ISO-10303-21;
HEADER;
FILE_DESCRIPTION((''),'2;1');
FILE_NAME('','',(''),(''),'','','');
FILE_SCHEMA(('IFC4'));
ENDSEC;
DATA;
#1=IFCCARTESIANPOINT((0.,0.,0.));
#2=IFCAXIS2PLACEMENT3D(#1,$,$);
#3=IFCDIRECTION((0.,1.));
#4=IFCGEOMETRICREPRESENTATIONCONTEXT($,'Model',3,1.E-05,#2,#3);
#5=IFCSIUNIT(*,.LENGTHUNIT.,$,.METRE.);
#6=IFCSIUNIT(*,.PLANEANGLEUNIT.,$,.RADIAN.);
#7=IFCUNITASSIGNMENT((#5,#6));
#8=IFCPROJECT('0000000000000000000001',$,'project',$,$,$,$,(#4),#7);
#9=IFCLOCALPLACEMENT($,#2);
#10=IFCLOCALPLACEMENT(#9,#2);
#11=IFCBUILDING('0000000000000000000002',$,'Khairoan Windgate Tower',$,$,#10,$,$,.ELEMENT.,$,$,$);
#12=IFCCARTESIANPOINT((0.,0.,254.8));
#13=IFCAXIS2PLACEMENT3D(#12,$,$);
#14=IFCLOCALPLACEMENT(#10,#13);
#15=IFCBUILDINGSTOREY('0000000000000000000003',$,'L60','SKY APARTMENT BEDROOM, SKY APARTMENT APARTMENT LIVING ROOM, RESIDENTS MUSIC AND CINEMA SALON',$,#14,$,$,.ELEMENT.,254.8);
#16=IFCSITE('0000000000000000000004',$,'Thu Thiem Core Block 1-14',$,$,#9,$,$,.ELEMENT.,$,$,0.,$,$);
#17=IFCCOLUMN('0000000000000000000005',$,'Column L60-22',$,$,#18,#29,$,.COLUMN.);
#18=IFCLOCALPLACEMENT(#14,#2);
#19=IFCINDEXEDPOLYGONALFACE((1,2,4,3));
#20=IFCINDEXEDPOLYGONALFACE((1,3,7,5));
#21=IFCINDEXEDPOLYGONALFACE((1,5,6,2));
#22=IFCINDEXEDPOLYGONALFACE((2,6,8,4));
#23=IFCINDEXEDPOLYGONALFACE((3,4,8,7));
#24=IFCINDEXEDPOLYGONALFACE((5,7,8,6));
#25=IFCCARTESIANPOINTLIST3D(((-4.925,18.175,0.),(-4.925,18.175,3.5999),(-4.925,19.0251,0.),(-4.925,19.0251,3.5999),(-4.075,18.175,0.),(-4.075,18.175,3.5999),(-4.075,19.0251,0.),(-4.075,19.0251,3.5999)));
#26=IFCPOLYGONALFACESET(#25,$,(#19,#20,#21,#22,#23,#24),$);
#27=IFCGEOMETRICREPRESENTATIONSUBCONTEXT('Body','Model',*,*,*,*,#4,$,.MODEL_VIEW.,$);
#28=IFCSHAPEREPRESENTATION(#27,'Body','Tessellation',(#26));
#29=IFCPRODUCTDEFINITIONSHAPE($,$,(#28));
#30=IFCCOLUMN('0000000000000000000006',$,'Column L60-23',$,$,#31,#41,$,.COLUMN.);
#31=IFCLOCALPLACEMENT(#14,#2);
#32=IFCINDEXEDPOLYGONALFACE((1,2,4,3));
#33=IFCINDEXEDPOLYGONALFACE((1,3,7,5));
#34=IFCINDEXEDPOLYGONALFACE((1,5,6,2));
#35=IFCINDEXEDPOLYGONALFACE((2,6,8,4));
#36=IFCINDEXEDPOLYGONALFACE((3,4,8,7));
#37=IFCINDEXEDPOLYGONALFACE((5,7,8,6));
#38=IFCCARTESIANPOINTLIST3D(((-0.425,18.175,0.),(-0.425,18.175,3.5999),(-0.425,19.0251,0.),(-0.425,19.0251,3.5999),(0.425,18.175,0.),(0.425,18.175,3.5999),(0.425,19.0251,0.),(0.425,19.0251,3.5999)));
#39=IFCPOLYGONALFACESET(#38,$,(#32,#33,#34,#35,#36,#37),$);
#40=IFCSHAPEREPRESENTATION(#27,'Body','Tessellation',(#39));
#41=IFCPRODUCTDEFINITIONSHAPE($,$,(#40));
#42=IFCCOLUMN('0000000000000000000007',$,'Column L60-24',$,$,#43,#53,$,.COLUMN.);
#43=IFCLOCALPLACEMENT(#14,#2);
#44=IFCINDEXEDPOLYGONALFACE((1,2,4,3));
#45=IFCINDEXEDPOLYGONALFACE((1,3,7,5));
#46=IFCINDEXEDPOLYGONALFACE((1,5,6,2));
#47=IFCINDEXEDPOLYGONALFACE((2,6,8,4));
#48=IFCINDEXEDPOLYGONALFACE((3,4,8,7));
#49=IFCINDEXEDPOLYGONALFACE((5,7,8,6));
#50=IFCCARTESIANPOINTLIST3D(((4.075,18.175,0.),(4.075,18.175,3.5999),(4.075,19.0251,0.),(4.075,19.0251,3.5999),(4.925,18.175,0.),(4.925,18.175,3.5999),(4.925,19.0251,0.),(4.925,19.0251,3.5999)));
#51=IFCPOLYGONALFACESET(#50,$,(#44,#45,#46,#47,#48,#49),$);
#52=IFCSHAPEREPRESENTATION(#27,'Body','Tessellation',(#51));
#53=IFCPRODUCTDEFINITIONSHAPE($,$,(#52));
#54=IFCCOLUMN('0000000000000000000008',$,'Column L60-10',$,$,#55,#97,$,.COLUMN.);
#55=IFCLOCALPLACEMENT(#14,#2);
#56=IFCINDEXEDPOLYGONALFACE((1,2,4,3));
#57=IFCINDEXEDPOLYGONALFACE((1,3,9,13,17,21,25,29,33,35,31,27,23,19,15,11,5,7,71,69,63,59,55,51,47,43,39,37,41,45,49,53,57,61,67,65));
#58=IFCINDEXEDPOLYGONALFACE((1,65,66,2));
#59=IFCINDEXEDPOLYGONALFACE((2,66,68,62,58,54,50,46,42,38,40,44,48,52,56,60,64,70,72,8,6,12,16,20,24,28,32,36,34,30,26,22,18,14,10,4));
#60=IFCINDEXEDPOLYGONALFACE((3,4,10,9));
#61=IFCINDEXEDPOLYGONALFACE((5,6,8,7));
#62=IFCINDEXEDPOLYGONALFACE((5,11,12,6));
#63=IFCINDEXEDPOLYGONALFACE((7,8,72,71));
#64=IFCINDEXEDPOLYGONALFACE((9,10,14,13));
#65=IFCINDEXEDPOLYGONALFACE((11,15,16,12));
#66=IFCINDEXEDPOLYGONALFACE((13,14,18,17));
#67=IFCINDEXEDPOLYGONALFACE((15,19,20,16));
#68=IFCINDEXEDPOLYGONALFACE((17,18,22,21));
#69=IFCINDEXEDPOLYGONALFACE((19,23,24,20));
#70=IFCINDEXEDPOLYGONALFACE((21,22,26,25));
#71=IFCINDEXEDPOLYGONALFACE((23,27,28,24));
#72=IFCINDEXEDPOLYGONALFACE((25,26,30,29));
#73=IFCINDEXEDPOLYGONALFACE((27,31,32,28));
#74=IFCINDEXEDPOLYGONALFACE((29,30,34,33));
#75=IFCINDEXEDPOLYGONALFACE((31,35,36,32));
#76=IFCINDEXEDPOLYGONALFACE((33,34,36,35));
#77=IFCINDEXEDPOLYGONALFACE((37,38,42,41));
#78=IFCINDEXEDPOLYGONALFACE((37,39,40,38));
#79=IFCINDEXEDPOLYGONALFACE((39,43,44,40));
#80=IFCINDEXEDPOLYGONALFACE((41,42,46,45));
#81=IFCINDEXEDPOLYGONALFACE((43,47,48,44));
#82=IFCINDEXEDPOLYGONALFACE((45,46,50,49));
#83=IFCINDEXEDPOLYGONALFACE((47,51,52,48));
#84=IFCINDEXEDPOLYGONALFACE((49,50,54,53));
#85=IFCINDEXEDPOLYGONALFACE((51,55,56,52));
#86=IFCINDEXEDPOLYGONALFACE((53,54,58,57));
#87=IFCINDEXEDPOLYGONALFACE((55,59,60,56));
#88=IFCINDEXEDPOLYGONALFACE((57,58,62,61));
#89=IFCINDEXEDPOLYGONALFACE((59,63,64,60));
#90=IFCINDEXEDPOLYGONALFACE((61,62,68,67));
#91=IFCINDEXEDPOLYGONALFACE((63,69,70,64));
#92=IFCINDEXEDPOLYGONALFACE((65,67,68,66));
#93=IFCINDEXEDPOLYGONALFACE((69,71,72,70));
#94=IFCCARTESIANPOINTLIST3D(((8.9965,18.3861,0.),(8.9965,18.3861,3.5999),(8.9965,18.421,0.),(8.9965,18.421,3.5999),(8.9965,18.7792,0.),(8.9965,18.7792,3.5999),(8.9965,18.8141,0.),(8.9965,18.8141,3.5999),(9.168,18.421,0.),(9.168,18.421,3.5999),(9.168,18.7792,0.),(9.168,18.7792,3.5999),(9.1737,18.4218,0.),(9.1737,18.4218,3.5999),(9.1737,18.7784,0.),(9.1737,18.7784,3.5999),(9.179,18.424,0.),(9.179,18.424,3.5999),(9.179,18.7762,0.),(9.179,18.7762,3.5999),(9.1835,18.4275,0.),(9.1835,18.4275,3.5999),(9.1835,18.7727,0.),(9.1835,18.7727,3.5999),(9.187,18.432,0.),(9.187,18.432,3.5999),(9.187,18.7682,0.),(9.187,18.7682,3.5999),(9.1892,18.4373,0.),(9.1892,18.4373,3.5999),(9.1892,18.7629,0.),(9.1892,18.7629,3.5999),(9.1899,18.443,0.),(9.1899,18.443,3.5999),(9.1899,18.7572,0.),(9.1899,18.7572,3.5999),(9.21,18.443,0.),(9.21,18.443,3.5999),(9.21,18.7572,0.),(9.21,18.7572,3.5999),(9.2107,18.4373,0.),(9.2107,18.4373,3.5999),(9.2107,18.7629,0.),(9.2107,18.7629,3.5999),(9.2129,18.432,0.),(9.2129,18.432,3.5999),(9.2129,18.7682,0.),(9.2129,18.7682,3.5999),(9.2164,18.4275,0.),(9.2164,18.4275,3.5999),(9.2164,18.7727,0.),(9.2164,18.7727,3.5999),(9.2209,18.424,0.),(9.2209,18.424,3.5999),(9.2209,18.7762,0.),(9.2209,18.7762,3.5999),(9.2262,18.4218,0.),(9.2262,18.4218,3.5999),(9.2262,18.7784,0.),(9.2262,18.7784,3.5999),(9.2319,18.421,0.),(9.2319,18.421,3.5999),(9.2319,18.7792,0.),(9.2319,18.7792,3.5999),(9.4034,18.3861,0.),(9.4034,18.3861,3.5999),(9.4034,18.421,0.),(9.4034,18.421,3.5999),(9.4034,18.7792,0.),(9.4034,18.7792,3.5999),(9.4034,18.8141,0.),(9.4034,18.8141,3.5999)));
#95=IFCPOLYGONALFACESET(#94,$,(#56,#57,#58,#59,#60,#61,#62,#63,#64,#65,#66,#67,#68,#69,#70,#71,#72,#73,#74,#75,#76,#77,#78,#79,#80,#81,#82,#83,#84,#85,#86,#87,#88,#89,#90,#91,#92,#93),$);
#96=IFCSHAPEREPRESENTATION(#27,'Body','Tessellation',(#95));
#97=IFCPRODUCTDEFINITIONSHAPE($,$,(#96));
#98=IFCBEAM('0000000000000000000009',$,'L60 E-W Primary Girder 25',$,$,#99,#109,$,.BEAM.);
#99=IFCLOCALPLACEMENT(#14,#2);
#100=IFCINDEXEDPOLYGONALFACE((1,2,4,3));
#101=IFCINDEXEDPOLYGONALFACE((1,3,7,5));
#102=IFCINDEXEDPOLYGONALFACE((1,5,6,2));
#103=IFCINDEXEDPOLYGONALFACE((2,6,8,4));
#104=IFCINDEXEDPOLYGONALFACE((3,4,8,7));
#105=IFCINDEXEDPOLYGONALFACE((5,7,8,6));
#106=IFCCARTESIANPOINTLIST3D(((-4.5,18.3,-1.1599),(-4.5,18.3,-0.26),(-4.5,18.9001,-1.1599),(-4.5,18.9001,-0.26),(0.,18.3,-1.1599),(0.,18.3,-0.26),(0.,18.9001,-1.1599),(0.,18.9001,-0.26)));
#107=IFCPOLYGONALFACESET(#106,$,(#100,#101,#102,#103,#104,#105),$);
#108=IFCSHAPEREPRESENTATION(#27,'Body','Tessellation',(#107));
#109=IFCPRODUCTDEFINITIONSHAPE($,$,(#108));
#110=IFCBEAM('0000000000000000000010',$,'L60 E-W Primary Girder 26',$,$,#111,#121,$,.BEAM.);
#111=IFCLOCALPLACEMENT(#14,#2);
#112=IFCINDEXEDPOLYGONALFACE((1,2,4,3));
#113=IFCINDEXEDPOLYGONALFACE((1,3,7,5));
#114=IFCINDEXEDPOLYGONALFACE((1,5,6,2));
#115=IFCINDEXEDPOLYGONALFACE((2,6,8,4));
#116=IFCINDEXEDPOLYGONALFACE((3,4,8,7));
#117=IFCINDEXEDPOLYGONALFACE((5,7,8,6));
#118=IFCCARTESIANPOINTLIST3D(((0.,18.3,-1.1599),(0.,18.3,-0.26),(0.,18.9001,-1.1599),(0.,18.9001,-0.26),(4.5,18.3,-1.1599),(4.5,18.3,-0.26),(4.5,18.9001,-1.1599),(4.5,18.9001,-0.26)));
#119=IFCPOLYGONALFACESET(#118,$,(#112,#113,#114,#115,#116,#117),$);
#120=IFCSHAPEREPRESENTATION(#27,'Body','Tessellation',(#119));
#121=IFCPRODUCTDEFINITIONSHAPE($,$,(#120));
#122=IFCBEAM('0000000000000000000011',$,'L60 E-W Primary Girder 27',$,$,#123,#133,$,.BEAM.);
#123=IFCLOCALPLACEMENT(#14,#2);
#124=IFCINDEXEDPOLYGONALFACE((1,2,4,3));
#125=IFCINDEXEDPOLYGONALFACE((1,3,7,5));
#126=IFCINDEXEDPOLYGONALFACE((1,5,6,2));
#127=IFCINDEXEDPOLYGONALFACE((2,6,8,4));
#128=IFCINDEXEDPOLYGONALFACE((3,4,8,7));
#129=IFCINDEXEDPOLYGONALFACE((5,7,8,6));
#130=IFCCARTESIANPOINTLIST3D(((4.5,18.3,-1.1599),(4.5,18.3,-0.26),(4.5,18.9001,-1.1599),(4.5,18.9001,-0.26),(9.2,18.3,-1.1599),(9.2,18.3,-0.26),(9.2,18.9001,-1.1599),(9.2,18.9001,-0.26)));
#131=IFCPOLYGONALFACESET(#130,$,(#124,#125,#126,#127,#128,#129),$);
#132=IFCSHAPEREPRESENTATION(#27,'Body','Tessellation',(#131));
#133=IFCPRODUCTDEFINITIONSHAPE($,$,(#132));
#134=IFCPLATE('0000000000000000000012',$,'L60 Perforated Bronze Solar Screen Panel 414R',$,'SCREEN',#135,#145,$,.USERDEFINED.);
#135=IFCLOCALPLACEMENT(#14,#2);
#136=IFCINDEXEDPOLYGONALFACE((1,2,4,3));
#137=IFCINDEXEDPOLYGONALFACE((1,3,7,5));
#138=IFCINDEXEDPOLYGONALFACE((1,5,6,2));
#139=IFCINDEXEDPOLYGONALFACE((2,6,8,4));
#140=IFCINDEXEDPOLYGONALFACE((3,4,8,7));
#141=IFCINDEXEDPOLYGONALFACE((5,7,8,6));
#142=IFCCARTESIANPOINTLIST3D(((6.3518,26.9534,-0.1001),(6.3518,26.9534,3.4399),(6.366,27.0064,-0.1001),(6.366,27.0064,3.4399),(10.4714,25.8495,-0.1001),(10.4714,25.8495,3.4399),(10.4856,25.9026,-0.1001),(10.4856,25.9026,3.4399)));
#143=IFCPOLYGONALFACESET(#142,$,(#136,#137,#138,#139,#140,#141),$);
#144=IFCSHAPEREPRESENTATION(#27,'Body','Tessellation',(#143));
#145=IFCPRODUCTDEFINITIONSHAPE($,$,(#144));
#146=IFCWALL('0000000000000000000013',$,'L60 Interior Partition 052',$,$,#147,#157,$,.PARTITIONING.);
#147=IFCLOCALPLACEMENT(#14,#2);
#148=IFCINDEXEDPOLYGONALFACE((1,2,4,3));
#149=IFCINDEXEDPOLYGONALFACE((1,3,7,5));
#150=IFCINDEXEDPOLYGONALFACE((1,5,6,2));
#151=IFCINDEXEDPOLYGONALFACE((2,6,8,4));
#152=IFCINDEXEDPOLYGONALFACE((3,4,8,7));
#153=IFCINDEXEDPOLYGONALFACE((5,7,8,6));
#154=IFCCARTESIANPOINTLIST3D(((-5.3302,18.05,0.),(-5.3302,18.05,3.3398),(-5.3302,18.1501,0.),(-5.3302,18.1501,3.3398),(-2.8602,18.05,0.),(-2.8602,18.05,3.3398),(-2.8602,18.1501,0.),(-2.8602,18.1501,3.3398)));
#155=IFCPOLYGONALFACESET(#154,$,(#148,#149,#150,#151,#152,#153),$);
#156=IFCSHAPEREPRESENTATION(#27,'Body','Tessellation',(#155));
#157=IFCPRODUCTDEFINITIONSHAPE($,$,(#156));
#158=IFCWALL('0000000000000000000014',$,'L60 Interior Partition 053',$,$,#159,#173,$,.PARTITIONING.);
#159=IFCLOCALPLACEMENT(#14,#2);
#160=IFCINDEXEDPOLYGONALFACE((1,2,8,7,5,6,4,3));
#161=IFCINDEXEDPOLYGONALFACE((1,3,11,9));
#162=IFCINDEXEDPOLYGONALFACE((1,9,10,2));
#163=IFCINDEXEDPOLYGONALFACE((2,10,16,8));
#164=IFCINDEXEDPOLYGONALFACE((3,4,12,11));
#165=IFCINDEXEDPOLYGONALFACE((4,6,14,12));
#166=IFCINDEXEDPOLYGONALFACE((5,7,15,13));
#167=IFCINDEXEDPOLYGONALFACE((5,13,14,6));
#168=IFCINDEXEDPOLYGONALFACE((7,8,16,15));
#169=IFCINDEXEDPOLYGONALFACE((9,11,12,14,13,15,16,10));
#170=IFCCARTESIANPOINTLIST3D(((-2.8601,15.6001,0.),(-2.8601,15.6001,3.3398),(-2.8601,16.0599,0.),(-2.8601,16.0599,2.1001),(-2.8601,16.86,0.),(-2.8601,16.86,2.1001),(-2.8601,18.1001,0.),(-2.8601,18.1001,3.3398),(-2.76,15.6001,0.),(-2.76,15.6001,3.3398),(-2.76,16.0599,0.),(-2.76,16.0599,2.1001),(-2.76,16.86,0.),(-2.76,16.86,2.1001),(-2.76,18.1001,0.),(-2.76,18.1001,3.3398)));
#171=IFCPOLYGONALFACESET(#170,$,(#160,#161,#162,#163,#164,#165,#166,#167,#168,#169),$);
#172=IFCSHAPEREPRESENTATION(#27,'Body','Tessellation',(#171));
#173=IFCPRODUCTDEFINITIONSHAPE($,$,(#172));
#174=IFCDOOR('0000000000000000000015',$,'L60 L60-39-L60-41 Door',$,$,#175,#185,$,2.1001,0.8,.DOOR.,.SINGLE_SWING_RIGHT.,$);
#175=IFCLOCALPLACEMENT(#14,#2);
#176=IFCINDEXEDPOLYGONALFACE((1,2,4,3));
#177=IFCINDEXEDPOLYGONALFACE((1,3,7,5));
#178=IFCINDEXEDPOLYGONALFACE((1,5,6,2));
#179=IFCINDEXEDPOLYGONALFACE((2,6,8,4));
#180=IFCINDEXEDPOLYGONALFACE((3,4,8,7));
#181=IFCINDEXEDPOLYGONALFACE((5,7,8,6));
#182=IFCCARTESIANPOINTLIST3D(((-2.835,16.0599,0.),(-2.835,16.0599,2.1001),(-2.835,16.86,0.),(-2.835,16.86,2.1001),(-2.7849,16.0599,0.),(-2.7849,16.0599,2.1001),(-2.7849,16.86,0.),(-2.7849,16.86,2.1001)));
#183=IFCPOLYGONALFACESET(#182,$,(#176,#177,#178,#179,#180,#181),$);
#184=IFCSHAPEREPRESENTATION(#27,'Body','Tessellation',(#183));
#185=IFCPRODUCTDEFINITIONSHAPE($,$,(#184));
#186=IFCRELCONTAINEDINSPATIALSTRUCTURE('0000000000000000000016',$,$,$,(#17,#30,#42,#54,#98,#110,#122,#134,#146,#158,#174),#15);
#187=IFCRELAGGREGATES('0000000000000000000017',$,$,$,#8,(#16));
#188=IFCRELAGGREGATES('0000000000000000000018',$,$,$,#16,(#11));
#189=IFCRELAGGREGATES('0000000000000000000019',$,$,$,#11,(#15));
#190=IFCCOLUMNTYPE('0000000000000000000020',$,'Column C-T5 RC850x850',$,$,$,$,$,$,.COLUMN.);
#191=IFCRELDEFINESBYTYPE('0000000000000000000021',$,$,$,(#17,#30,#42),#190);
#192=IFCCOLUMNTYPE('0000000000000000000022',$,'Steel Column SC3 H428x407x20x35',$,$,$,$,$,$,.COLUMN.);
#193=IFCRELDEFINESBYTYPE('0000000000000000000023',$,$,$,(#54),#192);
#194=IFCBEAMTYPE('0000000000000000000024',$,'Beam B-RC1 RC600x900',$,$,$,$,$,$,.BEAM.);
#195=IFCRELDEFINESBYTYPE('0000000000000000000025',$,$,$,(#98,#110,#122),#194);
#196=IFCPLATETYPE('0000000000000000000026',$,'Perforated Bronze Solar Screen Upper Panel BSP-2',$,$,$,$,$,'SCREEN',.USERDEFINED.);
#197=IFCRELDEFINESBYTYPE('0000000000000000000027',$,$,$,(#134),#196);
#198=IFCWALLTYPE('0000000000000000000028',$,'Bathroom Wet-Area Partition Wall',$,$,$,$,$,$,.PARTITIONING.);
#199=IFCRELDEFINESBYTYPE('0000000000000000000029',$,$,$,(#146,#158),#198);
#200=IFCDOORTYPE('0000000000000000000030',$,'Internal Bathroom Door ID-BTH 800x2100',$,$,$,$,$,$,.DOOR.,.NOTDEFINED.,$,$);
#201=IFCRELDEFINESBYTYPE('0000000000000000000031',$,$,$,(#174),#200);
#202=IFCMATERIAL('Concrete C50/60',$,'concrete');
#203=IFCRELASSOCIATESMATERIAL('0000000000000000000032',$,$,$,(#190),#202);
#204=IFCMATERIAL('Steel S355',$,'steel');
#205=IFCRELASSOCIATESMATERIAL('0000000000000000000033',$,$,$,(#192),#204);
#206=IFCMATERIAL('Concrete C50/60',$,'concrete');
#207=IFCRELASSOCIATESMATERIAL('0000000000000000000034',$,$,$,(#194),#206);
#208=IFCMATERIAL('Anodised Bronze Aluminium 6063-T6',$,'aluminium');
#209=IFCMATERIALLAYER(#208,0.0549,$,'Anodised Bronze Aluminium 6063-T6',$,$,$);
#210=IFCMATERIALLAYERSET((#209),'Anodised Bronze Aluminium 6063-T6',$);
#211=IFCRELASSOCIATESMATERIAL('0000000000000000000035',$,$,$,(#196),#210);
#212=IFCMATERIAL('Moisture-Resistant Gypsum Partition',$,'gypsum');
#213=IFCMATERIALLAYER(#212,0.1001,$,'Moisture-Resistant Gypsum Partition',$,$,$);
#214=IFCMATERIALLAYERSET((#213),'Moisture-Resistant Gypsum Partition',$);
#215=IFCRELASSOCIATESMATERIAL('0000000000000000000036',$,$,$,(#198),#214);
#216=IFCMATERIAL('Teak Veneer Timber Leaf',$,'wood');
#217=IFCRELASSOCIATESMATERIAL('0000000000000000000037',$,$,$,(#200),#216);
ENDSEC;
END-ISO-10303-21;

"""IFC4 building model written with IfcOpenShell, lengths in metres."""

from ifc_helpers import new_model, si_unit, direction, frame, frame_2d, origin, origin_2d, place, context, subcontext, project, spatial, rectangle, i_section, extrude, material, layer, layer_set, material_profile, profile_set, type_object, element, fill, save


model = new_model("IFC4")

# Units and contexts
model_context = context("Model", 3, precision=1e-05, world=origin(), true_north=direction((0.0, 1.0)))
body_context = subcontext(model_context, "Body", "Model", "MODEL_VIEW")
ifc_project = project(units=[si_unit("LENGTHUNIT", "METRE"), si_unit("PLANEANGLEUNIT", "RADIAN")], contexts=[model_context])

# Site, building, storey
site_placement = place(None, origin())
site = spatial("IfcSite", under=ifc_project, at=site_placement, Name="Thu Thiem Core Block 1-14", CompositionType="ELEMENT", RefElevation=0.0)
building_placement = place(site_placement, origin())
building = spatial("IfcBuilding", under=site, at=building_placement, Name="Khairoan Windgate Tower", CompositionType="ELEMENT")
storey_placement = place(building_placement, frame((0.0, 0.0, 254.8)))
storey = spatial("IfcBuildingStorey", under=building, at=storey_placement, Name="L60", Description="SKY APARTMENT BEDROOM, SKY APARTMENT APARTMENT LIVING ROOM, RESIDENTS MUSIC AND CINEMA SALON", CompositionType="ELEMENT", Elevation=254.8)

# Columns
ifc_material_1 = material(Name="Concrete C50/60", Category="concrete")
ifc_material_profile_1 = material_profile(ifc_material_1, rectangle(XDim=0.8501, YDim=0.8501, at=origin_2d()))
ifc_profile_set_1 = profile_set([ifc_material_profile_1], Name="Concrete C50/60")
column_type_1 = type_object("IfcColumnType", Name="Column C-T5 RC850x850", PredefinedType="COLUMN", material=ifc_profile_set_1)
for number, where, z_axis, x_axis, name in (
    (1, (-4.5, 18.6001, 0.0), (0.0, 0.0, 1.0), (1.0, 0.0, 0.0), "Column L60-22"),
    (2, (0.0, 18.6001, 0.0), (0.0, 0.0, 1.0), (1.0, 0.0, 0.0), "Column L60-23"),
    (3, (4.5, 18.6001, 0.0), (0.0, 0.0, 1.0), (1.0, 0.0, 0.0), "Column L60-24"),
):
    element("IfcColumn", number, at=place(storey_placement, frame(where, z_axis=z_axis, x_axis=x_axis)), inside=storey, type_object=column_type_1, Name=name, PredefinedType="COLUMN", context=body_context, shape_type="SweptSolid", body=[
        extrude(rectangle(XDim=0.8501, YDim=0.8501, at=origin_2d()), origin(), (0.0, 0.0, 1.0), 3.5999),
    ])
ifc_material_2 = material(Name="Steel S355", Category="steel")
ifc_material_profile_2 = material_profile(ifc_material_2, i_section(OverallWidth=0.407, OverallDepth=0.428, WebThickness=0.02, FlangeThickness=0.0349, FilletRadius=0.022, at=origin_2d()))
ifc_profile_set_2 = profile_set([ifc_material_profile_2], Name="Steel S355")
column_type_2 = type_object("IfcColumnType", Name="Steel Column SC3 H428x407x20x35", PredefinedType="COLUMN", material=ifc_profile_set_2)
column_placement = place(storey_placement, frame((9.2, 18.6001, 0.0), z_axis=(0.0, 0.0, 1.0), x_axis=(1.0, 0.0, 0.0)))
element("IfcColumn", 4, at=column_placement, inside=storey, type_object=column_type_2, Name="Column L60-10", PredefinedType="COLUMN", context=body_context, shape_type="SweptSolid", body=[
    extrude(i_section(OverallWidth=0.407, OverallDepth=0.428, WebThickness=0.02, FlangeThickness=0.0349, FilletRadius=0.022, at=origin_2d()), origin(), (0.0, 0.0, 1.0), 3.5999),
])

# Beams
ifc_material_3 = material(Name="Concrete C50/60", Category="concrete")
ifc_material_profile_3 = material_profile(ifc_material_3, rectangle(XDim=0.6001, YDim=0.8999, at=origin_2d()))
ifc_profile_set_3 = profile_set([ifc_material_profile_3], Name="Concrete C50/60")
beam_type = type_object("IfcBeamType", Name="Beam B-RC1 RC600x900", PredefinedType="BEAM", material=ifc_profile_set_3)
for number, where, z_axis, x_axis, name in (
    (5, (-4.5, 18.6001, -0.71), (1.0, 0.0, 0.0), (0.0, 1.0, 0.0), "L60 E-W Primary Girder 25"),
    (6, (0.0, 18.6001, -0.71), (1.0, 0.0, 0.0), (0.0, 1.0, 0.0), "L60 E-W Primary Girder 26"),
):
    element("IfcBeam", number, at=place(storey_placement, frame(where, z_axis=z_axis, x_axis=x_axis)), inside=storey, type_object=beam_type, Name=name, PredefinedType="BEAM", context=body_context, shape_type="SweptSolid", body=[
        extrude(rectangle(XDim=0.6001, YDim=0.8999, at=origin_2d()), origin(), (0.0, 0.0, 1.0), 4.5),
    ])
beam_placement = place(storey_placement, frame((4.5, 18.6001, -0.71), z_axis=(1.0, 0.0, 0.0), x_axis=(0.0, 1.0, 0.0)))
element("IfcBeam", 7, at=beam_placement, inside=storey, type_object=beam_type, Name="L60 E-W Primary Girder 27", PredefinedType="BEAM", context=body_context, shape_type="SweptSolid", body=[
    extrude(rectangle(XDim=0.6001, YDim=0.8999, at=origin_2d()), origin(), (0.0, 0.0, 1.0), 4.7),
])

# Plate
ifc_material_4 = material(Name="Anodised Bronze Aluminium 6063-T6", Category="aluminium")
ifc_layer_1 = layer(ifc_material_4, 0.0549, Name="Anodised Bronze Aluminium 6063-T6")
ifc_layer_set_1 = layer_set([ifc_layer_1], Name="Anodised Bronze Aluminium 6063-T6")
plate_type = type_object("IfcPlateType", Name="Perforated Bronze Solar Screen Upper Panel BSP-2", ElementType="SCREEN", PredefinedType="USERDEFINED", material=ifc_layer_set_1)
plate_placement = place(storey_placement, frame((8.4187, 26.428, -0.1001), z_axis=(0.0, 0.0, 1.0), x_axis=(0.965926, -0.258819, 0.0)))
element("IfcPlate", 8, at=plate_placement, inside=storey, type_object=plate_type, Name="L60 Perforated Bronze Solar Screen Panel 414R", ObjectType="SCREEN", PredefinedType="USERDEFINED", context=body_context, shape_type="SweptSolid", body=[
    extrude(rectangle(XDim=4.2649, YDim=0.0549, at=origin_2d()), origin(), (0.0, 0.0, 1.0), 3.54),
])

# Wall
ifc_material_5 = material(Name="Moisture-Resistant Gypsum Partition", Category="gypsum")
ifc_layer_2 = layer(ifc_material_5, 0.1001, Name="Moisture-Resistant Gypsum Partition")
ifc_layer_set_2 = layer_set([ifc_layer_2], Name="Moisture-Resistant Gypsum Partition")
wall_type_1 = type_object("IfcWallType", Name="Bathroom Wet-Area Partition Wall", PredefinedType="PARTITIONING", material=ifc_layer_set_2)
wall_1_placement = place(storey_placement, frame((-5.3301, 18.1001, 0.0), z_axis=(0.0, 0.0, 1.0), x_axis=(1.0, 0.0, 0.0)))
element("IfcWall", 9, at=wall_1_placement, inside=storey, type_object=wall_type_1, Name="L60 Interior Partition 052", PredefinedType="PARTITIONING", context=body_context, shape_type="SweptSolid", body=[
    extrude(rectangle(XDim=2.47, YDim=0.1001, at=frame_2d((1.2349, 0.0))), origin(), (0.0, 0.0, 1.0), 3.3398),
])

# Wall, opening, door
wall_2_placement = place(storey_placement, frame((-2.8101, 15.6001, 0.0), z_axis=(0.0, 0.0, 1.0), x_axis=(0.0, 1.0, 0.0)))
wall_2 = element("IfcWall", 10, at=wall_2_placement, inside=storey, type_object=wall_type_1, Name="L60 Interior Partition 053", PredefinedType="PARTITIONING", context=body_context, shape_type="SweptSolid", body=[
    extrude(rectangle(XDim=2.5, YDim=0.1001, at=frame_2d((1.25, 0.0))), origin(), (0.0, 0.0, 1.0), 3.3398),
])
opening_1_placement = place(wall_2_placement, frame((0.46, 0.0, 0.0)))
opening_1 = element("IfcOpeningElement", 11, at=opening_1_placement, cuts=wall_2, PredefinedType="OPENING", context=body_context, shape_type="SweptSolid", body=[
    extrude(rectangle(XDim=0.8, YDim=2.1001, at=frame_2d((0.3999, 1.05))), frame((0.0, 0.0601, 0.0), z_axis=(0.0, -1.0, 0.0), x_axis=(1.0, 0.0, 0.0)), (0.0, 0.0, 1.0), 0.1201),
])
ifc_material_6 = material(Name="Teak Veneer Timber Leaf", Category="wood")
door_type_1 = type_object("IfcDoorType", Name="Internal Bathroom Door ID-BTH 800x2100", OperationType="NOTDEFINED", PredefinedType="DOOR", material=ifc_material_6)
door_1_placement = place(opening_1_placement, origin())
door_1 = element("IfcDoor", 12, at=door_1_placement, inside=storey, type_object=door_type_1, Name="L60 L60-39-L60-41 Door", OperationType="SINGLE_SWING_RIGHT", OverallHeight=2.1001, OverallWidth=0.8, PredefinedType="DOOR", context=body_context, shape_type="SweptSolid", body=[
    extrude(rectangle(XDim=0.8, YDim=2.1001, at=frame_2d((0.3999, 1.05))), frame((0.0, 0.0249, 0.0), z_axis=(0.0, -1.0, 0.0), x_axis=(1.0, 0.0, 0.0)), (0.0, 0.0, 1.0), 0.05),
])
fill(opening_1, door_1)

save(model, "model.ifc")
